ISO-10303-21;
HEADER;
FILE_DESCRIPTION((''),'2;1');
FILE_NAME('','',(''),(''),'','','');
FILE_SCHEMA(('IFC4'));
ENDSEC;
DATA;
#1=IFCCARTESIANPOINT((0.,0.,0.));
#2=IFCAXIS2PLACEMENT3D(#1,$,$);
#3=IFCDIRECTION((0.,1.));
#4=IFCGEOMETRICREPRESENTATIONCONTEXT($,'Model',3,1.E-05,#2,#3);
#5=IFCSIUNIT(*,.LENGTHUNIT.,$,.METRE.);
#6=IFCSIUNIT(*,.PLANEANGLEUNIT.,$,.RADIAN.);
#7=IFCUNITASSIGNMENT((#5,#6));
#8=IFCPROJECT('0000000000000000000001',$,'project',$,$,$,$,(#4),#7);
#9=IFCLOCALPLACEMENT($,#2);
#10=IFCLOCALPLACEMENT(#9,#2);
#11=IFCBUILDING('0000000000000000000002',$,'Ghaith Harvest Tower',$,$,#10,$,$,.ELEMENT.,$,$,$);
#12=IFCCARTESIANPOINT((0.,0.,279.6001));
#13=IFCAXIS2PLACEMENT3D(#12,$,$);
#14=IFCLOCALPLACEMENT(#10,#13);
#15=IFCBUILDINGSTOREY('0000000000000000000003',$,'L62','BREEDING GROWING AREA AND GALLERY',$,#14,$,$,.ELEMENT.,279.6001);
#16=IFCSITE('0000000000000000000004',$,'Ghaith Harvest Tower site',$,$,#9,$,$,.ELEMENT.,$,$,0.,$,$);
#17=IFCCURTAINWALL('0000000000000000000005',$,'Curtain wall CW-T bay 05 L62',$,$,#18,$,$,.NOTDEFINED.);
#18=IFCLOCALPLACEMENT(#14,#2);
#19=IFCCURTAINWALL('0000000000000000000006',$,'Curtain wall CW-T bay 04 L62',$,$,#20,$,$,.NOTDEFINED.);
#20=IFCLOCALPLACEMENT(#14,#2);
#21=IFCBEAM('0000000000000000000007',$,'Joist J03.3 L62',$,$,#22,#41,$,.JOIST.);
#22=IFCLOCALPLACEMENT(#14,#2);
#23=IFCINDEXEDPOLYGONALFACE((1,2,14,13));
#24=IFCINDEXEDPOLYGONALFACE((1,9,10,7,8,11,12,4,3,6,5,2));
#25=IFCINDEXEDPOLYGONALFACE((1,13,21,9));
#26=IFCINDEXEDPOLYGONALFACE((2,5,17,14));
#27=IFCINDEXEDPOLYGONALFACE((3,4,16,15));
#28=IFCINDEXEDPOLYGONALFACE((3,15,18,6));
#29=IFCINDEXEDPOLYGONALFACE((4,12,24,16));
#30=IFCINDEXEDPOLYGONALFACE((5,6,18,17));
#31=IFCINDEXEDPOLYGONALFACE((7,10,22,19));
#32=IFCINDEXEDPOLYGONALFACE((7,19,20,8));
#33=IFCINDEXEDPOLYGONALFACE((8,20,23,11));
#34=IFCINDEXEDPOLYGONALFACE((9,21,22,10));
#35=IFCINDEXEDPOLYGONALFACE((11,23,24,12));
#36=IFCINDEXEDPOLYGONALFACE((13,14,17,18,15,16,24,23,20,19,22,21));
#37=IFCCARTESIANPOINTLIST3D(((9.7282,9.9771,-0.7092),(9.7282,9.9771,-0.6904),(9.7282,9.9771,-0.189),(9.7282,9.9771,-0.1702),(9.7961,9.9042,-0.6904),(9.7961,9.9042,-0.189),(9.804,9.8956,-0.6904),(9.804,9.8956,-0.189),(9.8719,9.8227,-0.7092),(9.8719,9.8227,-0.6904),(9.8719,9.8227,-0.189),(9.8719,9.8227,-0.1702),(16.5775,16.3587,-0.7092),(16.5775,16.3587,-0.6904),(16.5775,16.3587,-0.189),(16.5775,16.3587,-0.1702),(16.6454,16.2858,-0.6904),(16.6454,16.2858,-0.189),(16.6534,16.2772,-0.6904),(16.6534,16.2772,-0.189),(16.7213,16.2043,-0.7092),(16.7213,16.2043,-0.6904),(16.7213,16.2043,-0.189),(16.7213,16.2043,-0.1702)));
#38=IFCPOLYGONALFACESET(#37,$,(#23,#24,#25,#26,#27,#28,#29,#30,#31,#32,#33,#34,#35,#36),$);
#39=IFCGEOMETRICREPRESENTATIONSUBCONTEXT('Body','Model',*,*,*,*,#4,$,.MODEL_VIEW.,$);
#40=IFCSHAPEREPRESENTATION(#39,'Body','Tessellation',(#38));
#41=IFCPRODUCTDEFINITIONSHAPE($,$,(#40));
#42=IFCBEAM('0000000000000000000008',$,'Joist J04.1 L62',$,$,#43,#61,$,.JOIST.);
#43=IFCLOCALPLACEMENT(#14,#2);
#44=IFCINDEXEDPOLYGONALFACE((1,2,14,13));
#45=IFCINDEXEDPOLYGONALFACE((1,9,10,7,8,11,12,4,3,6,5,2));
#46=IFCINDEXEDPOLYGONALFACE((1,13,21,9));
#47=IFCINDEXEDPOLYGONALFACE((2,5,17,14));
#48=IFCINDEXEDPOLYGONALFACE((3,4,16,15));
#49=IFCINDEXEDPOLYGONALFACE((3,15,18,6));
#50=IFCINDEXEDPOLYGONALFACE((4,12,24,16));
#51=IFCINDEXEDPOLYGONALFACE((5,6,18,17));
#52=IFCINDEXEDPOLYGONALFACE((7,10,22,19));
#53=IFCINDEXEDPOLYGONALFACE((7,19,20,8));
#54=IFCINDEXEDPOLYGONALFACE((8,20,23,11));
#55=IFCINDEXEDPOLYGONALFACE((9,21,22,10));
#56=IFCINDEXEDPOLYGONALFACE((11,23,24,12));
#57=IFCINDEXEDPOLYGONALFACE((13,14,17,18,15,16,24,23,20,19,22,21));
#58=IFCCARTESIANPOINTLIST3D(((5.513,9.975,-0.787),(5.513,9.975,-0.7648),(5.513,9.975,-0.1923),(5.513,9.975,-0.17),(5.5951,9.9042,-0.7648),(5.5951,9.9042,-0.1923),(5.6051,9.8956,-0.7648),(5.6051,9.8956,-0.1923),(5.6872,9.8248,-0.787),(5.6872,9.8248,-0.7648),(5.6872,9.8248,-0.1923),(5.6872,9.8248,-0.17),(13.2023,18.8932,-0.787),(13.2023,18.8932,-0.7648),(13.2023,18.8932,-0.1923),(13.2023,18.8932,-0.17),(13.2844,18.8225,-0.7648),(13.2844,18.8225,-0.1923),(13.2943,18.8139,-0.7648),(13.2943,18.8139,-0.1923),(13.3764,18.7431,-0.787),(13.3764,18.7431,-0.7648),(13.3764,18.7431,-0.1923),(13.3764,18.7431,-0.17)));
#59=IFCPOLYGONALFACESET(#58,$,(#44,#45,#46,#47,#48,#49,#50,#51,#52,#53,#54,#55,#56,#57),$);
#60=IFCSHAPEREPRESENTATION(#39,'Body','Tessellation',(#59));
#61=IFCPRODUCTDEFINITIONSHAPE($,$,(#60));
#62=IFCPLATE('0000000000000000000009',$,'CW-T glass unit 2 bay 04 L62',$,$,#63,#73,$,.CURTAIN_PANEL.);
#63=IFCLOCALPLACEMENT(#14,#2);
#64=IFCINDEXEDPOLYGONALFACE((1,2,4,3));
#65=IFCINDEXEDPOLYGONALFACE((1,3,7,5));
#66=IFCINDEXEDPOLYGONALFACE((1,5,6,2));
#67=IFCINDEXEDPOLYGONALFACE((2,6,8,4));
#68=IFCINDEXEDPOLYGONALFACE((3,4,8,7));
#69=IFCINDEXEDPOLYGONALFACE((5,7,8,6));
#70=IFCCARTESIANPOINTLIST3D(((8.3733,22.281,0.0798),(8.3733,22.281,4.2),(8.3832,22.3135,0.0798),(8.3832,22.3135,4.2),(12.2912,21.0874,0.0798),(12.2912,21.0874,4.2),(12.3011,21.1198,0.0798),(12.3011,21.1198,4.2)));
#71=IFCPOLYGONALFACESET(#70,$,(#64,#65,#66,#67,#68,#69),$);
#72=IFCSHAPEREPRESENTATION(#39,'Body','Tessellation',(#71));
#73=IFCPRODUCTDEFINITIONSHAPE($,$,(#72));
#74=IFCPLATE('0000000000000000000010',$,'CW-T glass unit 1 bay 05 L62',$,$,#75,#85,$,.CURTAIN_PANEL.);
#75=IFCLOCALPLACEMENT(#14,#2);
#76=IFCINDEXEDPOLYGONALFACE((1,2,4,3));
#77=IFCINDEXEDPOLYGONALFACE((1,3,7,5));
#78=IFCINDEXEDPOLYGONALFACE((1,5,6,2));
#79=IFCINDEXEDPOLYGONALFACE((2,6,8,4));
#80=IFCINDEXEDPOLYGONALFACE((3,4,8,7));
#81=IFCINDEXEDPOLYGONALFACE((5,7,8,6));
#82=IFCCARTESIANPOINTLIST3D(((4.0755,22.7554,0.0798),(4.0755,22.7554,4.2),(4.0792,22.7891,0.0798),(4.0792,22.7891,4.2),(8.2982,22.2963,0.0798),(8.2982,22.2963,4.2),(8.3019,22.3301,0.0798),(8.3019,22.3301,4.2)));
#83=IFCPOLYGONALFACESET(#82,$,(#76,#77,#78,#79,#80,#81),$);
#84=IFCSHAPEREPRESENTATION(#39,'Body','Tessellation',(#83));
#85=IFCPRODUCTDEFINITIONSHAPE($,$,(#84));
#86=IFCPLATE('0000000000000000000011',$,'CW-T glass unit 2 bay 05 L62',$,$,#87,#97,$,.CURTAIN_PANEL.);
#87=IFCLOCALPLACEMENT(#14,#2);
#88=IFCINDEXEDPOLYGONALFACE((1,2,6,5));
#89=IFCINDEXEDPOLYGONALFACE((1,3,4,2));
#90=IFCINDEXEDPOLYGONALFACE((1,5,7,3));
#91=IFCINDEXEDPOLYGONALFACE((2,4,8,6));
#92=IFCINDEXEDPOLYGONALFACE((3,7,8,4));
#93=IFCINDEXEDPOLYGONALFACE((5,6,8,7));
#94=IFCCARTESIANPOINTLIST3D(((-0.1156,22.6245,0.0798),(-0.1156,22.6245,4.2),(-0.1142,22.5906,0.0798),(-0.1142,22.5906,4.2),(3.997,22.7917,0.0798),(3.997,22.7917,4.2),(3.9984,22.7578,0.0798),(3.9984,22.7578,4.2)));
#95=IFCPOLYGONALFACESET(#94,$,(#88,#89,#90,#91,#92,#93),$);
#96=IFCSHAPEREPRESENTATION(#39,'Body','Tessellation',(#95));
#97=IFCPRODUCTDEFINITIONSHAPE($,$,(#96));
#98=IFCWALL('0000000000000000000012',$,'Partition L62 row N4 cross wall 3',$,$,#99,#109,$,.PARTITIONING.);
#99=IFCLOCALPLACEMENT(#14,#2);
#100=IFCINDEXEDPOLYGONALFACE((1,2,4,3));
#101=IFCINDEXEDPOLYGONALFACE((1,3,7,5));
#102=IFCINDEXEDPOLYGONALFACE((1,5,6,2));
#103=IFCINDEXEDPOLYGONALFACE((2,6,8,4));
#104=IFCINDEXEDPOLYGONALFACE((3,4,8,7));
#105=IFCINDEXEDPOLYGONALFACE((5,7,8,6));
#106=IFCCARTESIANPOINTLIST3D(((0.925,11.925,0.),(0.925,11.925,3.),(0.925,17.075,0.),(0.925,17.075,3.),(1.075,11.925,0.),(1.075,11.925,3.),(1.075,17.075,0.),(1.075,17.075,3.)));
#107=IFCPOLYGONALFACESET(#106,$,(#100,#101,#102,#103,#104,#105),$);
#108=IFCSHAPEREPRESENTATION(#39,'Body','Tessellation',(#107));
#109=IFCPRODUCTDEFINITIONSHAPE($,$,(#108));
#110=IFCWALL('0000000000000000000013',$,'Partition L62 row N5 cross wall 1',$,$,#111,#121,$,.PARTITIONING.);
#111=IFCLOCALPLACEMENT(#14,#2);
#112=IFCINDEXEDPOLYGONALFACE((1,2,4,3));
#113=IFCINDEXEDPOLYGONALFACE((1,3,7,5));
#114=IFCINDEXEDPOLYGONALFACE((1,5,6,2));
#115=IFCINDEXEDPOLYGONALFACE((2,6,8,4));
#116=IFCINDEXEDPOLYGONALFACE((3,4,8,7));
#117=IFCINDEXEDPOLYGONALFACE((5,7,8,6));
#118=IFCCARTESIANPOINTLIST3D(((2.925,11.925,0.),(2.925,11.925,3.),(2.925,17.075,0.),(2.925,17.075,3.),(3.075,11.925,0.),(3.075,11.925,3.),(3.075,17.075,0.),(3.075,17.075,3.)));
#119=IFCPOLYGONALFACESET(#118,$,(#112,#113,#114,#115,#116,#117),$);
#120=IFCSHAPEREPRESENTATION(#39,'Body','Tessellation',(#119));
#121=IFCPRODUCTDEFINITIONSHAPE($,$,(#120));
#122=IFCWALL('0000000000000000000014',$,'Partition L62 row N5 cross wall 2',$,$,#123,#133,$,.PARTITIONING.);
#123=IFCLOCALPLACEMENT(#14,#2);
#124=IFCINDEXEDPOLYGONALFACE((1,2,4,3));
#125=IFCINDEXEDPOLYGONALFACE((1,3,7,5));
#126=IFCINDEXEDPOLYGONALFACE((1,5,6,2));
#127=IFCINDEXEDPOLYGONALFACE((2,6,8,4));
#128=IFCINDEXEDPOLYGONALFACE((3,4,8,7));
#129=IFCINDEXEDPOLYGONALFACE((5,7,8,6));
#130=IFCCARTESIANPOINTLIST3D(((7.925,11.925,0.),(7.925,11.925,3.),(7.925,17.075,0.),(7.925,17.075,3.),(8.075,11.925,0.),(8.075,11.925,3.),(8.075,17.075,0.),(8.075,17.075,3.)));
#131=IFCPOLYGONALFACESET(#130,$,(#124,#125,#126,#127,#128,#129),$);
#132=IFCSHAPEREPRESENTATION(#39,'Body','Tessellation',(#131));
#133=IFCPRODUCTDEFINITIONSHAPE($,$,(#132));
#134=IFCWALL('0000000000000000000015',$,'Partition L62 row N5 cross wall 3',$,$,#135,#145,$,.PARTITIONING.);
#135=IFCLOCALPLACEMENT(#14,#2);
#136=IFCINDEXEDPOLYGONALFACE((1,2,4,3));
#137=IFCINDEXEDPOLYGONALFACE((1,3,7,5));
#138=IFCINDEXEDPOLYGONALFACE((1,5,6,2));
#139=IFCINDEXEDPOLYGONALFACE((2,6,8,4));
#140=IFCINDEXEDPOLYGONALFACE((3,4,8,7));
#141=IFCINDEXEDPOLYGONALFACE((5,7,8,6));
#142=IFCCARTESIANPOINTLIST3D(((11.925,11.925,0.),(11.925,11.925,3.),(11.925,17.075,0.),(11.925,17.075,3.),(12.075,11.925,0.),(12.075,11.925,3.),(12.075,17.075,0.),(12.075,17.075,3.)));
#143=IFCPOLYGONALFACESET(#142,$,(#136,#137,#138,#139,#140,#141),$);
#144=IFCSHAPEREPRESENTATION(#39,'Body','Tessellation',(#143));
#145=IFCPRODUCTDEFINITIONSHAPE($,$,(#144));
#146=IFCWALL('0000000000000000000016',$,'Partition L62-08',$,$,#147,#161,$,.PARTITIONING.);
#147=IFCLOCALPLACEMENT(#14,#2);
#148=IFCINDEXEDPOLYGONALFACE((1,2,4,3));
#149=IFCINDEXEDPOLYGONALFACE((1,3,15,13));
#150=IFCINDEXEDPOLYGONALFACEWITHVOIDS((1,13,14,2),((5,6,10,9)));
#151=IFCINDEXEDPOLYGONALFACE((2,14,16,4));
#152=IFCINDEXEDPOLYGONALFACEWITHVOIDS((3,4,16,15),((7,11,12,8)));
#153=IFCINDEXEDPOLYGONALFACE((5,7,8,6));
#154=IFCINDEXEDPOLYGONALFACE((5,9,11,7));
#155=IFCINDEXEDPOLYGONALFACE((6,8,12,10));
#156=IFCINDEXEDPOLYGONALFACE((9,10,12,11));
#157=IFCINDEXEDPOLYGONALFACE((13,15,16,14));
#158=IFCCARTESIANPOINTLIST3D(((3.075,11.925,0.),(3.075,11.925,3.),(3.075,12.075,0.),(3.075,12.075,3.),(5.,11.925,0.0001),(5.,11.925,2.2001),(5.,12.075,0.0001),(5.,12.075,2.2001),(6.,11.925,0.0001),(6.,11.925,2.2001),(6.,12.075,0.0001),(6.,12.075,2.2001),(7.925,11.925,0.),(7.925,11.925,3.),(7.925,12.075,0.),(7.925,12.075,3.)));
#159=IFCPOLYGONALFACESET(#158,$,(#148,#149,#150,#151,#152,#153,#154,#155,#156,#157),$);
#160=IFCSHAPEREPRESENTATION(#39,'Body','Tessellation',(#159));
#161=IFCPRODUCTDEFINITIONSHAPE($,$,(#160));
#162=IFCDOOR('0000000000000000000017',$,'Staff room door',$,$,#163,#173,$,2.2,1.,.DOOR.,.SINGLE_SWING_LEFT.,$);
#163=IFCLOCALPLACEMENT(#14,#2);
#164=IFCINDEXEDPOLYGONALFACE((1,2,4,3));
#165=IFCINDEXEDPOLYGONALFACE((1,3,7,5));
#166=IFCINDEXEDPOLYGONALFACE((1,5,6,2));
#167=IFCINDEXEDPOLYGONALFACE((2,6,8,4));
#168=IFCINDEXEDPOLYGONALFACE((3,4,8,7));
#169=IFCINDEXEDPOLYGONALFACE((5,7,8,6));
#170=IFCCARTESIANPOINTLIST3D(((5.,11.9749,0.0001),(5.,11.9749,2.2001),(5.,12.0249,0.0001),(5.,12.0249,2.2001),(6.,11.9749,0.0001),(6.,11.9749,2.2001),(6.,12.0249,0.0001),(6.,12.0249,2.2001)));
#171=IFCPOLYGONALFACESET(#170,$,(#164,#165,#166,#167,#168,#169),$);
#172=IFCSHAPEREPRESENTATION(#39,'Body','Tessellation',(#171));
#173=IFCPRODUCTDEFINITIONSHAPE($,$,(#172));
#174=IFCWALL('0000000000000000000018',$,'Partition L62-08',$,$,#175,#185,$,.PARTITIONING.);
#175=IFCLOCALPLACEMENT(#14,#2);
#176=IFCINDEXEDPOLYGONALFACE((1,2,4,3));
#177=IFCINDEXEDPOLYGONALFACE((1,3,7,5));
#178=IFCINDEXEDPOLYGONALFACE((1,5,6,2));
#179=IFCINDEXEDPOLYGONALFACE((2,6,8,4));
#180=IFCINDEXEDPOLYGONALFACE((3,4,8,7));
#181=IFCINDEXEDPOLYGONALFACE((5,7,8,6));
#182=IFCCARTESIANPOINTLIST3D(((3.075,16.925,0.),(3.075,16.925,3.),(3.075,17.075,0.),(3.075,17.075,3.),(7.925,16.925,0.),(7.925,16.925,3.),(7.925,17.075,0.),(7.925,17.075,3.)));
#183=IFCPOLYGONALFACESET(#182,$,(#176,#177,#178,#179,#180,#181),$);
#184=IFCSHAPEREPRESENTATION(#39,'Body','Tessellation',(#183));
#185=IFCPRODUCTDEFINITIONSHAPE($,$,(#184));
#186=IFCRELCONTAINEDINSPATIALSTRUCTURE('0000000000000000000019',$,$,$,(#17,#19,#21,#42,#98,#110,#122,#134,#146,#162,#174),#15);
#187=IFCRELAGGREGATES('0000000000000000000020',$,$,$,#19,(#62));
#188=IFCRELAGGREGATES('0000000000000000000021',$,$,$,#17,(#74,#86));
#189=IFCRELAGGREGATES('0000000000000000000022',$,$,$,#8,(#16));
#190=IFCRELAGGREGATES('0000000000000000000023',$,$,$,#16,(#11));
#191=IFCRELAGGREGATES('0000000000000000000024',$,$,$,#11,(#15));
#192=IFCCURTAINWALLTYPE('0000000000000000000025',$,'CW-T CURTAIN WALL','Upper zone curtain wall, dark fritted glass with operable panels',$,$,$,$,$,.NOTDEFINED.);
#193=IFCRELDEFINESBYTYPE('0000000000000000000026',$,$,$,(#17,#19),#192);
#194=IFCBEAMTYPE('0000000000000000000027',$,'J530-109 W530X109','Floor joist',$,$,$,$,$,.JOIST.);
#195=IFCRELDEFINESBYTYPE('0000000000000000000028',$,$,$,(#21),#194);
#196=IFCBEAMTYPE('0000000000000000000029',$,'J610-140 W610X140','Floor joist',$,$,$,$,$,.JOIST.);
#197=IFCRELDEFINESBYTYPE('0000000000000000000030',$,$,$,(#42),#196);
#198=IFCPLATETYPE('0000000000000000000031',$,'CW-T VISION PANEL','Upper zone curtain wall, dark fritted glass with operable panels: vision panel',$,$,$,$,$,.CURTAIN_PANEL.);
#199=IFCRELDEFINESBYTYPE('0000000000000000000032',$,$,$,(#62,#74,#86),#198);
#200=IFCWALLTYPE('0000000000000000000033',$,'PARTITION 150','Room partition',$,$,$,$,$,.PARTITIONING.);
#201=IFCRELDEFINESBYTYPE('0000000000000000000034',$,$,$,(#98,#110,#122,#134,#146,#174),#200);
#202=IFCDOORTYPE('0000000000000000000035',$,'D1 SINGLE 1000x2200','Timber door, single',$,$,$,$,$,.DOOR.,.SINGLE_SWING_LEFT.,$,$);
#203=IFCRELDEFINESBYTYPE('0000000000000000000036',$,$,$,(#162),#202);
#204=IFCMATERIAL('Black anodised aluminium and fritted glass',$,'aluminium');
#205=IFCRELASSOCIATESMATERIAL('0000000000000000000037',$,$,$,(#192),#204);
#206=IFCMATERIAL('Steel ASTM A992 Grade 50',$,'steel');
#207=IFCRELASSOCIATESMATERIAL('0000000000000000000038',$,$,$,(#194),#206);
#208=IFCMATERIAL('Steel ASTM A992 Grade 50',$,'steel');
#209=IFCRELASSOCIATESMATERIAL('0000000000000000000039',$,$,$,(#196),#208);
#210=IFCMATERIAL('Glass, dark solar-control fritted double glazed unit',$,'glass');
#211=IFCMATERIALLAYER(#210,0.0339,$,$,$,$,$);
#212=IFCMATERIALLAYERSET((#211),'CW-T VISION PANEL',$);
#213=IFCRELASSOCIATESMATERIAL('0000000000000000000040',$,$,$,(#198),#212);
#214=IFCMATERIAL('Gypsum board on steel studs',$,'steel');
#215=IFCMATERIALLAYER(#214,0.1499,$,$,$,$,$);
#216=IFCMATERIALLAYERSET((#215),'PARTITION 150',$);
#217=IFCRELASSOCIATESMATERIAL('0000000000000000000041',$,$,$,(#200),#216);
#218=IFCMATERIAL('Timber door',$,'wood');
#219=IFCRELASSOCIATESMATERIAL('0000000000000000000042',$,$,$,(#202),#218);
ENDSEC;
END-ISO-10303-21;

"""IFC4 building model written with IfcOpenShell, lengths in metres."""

from ifc_helpers import new_model, si_unit, direction, frame, frame_2d, origin, origin_2d, place, context, subcontext, project, spatial, rectangle, i_section, extrude, material, layer, layer_set, material_profile, profile_set, type_object, element, fill, aggregate, save


model = new_model("IFC4")

# Units and contexts
model_context = context("Model", 3, precision=1e-05, world=origin(), true_north=direction((0.0, 1.0)))
body_context = subcontext(model_context, "Body", "Model", "MODEL_VIEW")
ifc_project = project(units=[si_unit("LENGTHUNIT", "METRE"), si_unit("PLANEANGLEUNIT", "RADIAN")], contexts=[model_context])

# Site, building, storey
site_placement = place(None, origin())
site = spatial("IfcSite", under=ifc_project, at=site_placement, Name="Ghaith Harvest Tower site", CompositionType="ELEMENT", RefElevation=0.0)
building_placement = place(site_placement, origin())
building = spatial("IfcBuilding", under=site, at=building_placement, Name="Ghaith Harvest Tower", CompositionType="ELEMENT")
storey_placement = place(building_placement, frame((0.0, 0.0, 279.6001)))
storey = spatial("IfcBuildingStorey", under=building, at=storey_placement, Name="L62", Description="BREEDING GROWING AREA AND GALLERY", CompositionType="ELEMENT", Elevation=279.6001)

# Curtain wall
ifc_material_1 = material(Name="Black anodised aluminium and fritted glass", Category="aluminium")
curtain_wall_type = type_object("IfcCurtainWallType", Name="CW-T CURTAIN WALL", Description="Upper zone curtain wall, dark fritted glass with operable panels", PredefinedType="NOTDEFINED", material=ifc_material_1)
curtain_wall_1_placement = place(storey_placement, origin())
curtain_wall_1 = element("IfcCurtainWall", 1, at=curtain_wall_1_placement, inside=storey, type_object=curtain_wall_type, Name="Curtain wall CW-T bay 05 L62", PredefinedType="NOTDEFINED")

# Curtain wall
curtain_wall_2_placement = place(storey_placement, origin())
curtain_wall_2 = element("IfcCurtainWall", 2, at=curtain_wall_2_placement, inside=storey, type_object=curtain_wall_type, Name="Curtain wall CW-T bay 04 L62", PredefinedType="NOTDEFINED")

# Beams
ifc_material_2 = material(Name="Steel ASTM A992 Grade 50", Category="steel")
ifc_material_profile_1 = material_profile(ifc_material_2, i_section(OverallWidth=0.2109, OverallDepth=0.5391, WebThickness=0.0117, FlangeThickness=0.0188, at=origin_2d()), Name="W530X109")
ifc_profile_set_1 = profile_set([ifc_material_profile_1], Name="Steel ASTM A992 Grade 50")
beam_type_1 = type_object("IfcBeamType", Name="J530-109 W530X109", Description="Floor joist", PredefinedType="JOIST", material=ifc_profile_set_1)
beam_1_placement = place(storey_placement, frame((9.8, 9.8999, -0.4397), z_axis=(0.731649, 0.681682, 0.0), x_axis=(-0.681682, 0.731649, 0.0)))
element("IfcBeam", 3, at=beam_1_placement, inside=storey, type_object=beam_type_1, Name="Joist J03.3 L62", PredefinedType="JOIST", context=body_context, shape_type="SweptSolid", body=[
    extrude(i_section(OverallWidth=0.2109, OverallDepth=0.5391, WebThickness=0.0117, FlangeThickness=0.0188, at=origin_2d()), origin(), (0.0, 0.0, 1.0), 9.3616),
])
ifc_material_3 = material(Name="Steel ASTM A992 Grade 50", Category="steel")
ifc_material_profile_2 = material_profile(ifc_material_3, i_section(OverallWidth=0.23, OverallDepth=0.6169, WebThickness=0.0132, FlangeThickness=0.0222, at=origin_2d()), Name="W610X140")
ifc_profile_set_2 = profile_set([ifc_material_profile_2], Name="Steel ASTM A992 Grade 50")
beam_type_2 = type_object("IfcBeamType", Name="J610-140 W610X140", Description="Floor joist", PredefinedType="JOIST", material=ifc_profile_set_2)
beam_2_placement = place(storey_placement, frame((5.6001, 9.8999, -0.4785), z_axis=(0.652993, 0.757364, 0.0), x_axis=(-0.757364, 0.652993, 0.0)))
element("IfcBeam", 4, at=beam_2_placement, inside=storey, type_object=beam_type_2, Name="Joist J04.1 L62", PredefinedType="JOIST", context=body_context, shape_type="SweptSolid", body=[
    extrude(i_section(OverallWidth=0.23, OverallDepth=0.6169, WebThickness=0.0132, FlangeThickness=0.0222, at=origin_2d()), origin(), (0.0, 0.0, 1.0), 11.7754),
])

# Plates
ifc_material_4 = material(Name="Glass, dark solar-control fritted double glazed unit", Category="glass")
ifc_layer_1 = layer(ifc_material_4, 0.0339)
ifc_layer_set_1 = layer_set([ifc_layer_1], Name="CW-T VISION PANEL")
plate_type = type_object("IfcPlateType", Name="CW-T VISION PANEL", Description="Upper zone curtain wall, dark fritted glass with operable panels: vision panel", PredefinedType="CURTAIN_PANEL", material=ifc_layer_set_1)
plate_1_placement = place(storey_placement, frame((10.3372, 21.7004, 0.0798), z_axis=(0.0, 0.0, 1.0), x_axis=(-0.956588, 0.291445, 0.0)))
plate_1 = element("IfcPlate", 5, at=plate_1_placement, type_object=plate_type, Name="CW-T glass unit 2 bay 04 L62", PredefinedType="CURTAIN_PANEL", context=body_context, shape_type="SweptSolid", body=[
    extrude(rectangle(XDim=4.0957, YDim=0.0339, at=origin_2d()), origin(), (0.0, 0.0, 1.0), 4.1201),
])
aggregate(curtain_wall_2, [plate_1])
plate_2_placement = place(storey_placement, frame((6.1887, 22.5427, 0.0798), z_axis=(0.0, 0.0, 1.0), x_axis=(-0.994143, 0.108074, 0.0)))
plate_2 = element("IfcPlate", 6, at=plate_2_placement, type_object=plate_type, Name="CW-T glass unit 1 bay 05 L62", PredefinedType="CURTAIN_PANEL", context=body_context, shape_type="SweptSolid", body=[
    extrude(rectangle(XDim=4.2476, YDim=0.0339, at=origin_2d()), origin(), (0.0, 0.0, 1.0), 4.1201),
])
plate_3_placement = place(storey_placement, frame((1.9414, 22.6912, 0.0798), z_axis=(0.0, 0.0, 1.0), x_axis=(-0.999174, -0.040638, 0.0)))
plate_3 = element("IfcPlate", 7, at=plate_3_placement, type_object=plate_type, Name="CW-T glass unit 2 bay 05 L62", PredefinedType="CURTAIN_PANEL", context=body_context, shape_type="SweptSolid", body=[
    extrude(rectangle(XDim=4.116, YDim=0.0339, at=origin_2d()), origin(), (0.0, 0.0, 1.0), 4.1201),
])
aggregate(curtain_wall_1, [plate_2, plate_3])

# Walls
ifc_material_5 = material(Name="Gypsum board on steel studs", Category="steel")
ifc_layer_2 = layer(ifc_material_5, 0.1499)
ifc_layer_set_2 = layer_set([ifc_layer_2], Name="PARTITION 150")
wall_type = type_object("IfcWallType", Name="PARTITION 150", Description="Room partition", PredefinedType="PARTITIONING", material=ifc_layer_set_2)
for number, where, z_axis, x_axis, name in (
    (8, (1.0, 11.925, 0.0), (0.0, 0.0, 1.0), (0.0, 1.0, 0.0), "Partition L62 row N4 cross wall 3"),
    (9, (3.0, 11.925, 0.0), (0.0, 0.0, 1.0), (0.0, 1.0, 0.0), "Partition L62 row N5 cross wall 1"),
    (10, (8.0, 11.925, 0.0), (0.0, 0.0, 1.0), (0.0, 1.0, 0.0), "Partition L62 row N5 cross wall 2"),
    (11, (12.0, 11.925, 0.0), (0.0, 0.0, 1.0), (0.0, 1.0, 0.0), "Partition L62 row N5 cross wall 3"),
):
    element("IfcWall", number, at=place(storey_placement, frame(where, z_axis=z_axis, x_axis=x_axis)), inside=storey, type_object=wall_type, Name=name, PredefinedType="PARTITIONING", context=body_context, shape_type="SweptSolid", body=[
        extrude(rectangle(XDim=5.1499, YDim=0.1499, at=frame_2d((2.575, 0.0))), origin(), (0.0, 0.0, 1.0), 3.0),
    ])

# Wall, opening, door
wall_1_placement = place(storey_placement, frame((3.075, 12.0, 0.0), z_axis=(0.0, 0.0, 1.0), x_axis=(1.0, 0.0, 0.0)))
wall_1 = element("IfcWall", 12, at=wall_1_placement, inside=storey, type_object=wall_type, Name="Partition L62-08", PredefinedType="PARTITIONING", context=body_context, shape_type="SweptSolid", body=[
    extrude(rectangle(XDim=4.8501, YDim=0.1499, at=frame_2d((2.425, 0.0))), origin(), (0.0, 0.0, 1.0), 3.0),
])
opening_1_placement = place(wall_1_placement, frame((1.925, 0.0, 0.0)))
opening_1 = element("IfcOpeningElement", 13, at=opening_1_placement, cuts=wall_1, PredefinedType="OPENING", context=body_context, shape_type="SweptSolid", body=[
    extrude(rectangle(XDim=1.0, YDim=2.2, at=frame_2d((0.5, 1.1001))), frame((0.0, 0.085, 0.0), z_axis=(0.0, -1.0, 0.0), x_axis=(1.0, 0.0, 0.0)), (0.0, 0.0, 1.0), 0.1699),
])
ifc_material_6 = material(Name="Timber door", Category="wood")
door_type = type_object("IfcDoorType", Name="D1 SINGLE 1000x2200", Description="Timber door, single", OperationType="SINGLE_SWING_LEFT", PredefinedType="DOOR", material=ifc_material_6)
door_1_placement = place(opening_1_placement, origin())
door_1 = element("IfcDoor", 14, at=door_1_placement, inside=storey, type_object=door_type, Name="Staff room door", OperationType="SINGLE_SWING_LEFT", OverallHeight=2.2, OverallWidth=1.0, PredefinedType="DOOR", context=body_context, shape_type="SweptSolid", body=[
    extrude(rectangle(XDim=1.0, YDim=2.2, at=frame_2d((0.5, 1.1001))), frame((0.0, 0.0249, 0.0), z_axis=(0.0, -1.0, 0.0), x_axis=(1.0, 0.0, 0.0)), (0.0, 0.0, 1.0), 0.05),
])
fill(opening_1, door_1)

# Wall
wall_2_placement = place(storey_placement, frame((3.075, 17.0, 0.0), z_axis=(0.0, 0.0, 1.0), x_axis=(1.0, 0.0, 0.0)))
element("IfcWall", 15, at=wall_2_placement, inside=storey, type_object=wall_type, Name="Partition L62-08", PredefinedType="PARTITIONING", context=body_context, shape_type="SweptSolid", body=[
    extrude(rectangle(XDim=4.8501, YDim=0.1499, at=frame_2d((2.425, 0.0))), origin(), (0.0, 0.0, 1.0), 3.0),
])

save(model, "model.ifc")
